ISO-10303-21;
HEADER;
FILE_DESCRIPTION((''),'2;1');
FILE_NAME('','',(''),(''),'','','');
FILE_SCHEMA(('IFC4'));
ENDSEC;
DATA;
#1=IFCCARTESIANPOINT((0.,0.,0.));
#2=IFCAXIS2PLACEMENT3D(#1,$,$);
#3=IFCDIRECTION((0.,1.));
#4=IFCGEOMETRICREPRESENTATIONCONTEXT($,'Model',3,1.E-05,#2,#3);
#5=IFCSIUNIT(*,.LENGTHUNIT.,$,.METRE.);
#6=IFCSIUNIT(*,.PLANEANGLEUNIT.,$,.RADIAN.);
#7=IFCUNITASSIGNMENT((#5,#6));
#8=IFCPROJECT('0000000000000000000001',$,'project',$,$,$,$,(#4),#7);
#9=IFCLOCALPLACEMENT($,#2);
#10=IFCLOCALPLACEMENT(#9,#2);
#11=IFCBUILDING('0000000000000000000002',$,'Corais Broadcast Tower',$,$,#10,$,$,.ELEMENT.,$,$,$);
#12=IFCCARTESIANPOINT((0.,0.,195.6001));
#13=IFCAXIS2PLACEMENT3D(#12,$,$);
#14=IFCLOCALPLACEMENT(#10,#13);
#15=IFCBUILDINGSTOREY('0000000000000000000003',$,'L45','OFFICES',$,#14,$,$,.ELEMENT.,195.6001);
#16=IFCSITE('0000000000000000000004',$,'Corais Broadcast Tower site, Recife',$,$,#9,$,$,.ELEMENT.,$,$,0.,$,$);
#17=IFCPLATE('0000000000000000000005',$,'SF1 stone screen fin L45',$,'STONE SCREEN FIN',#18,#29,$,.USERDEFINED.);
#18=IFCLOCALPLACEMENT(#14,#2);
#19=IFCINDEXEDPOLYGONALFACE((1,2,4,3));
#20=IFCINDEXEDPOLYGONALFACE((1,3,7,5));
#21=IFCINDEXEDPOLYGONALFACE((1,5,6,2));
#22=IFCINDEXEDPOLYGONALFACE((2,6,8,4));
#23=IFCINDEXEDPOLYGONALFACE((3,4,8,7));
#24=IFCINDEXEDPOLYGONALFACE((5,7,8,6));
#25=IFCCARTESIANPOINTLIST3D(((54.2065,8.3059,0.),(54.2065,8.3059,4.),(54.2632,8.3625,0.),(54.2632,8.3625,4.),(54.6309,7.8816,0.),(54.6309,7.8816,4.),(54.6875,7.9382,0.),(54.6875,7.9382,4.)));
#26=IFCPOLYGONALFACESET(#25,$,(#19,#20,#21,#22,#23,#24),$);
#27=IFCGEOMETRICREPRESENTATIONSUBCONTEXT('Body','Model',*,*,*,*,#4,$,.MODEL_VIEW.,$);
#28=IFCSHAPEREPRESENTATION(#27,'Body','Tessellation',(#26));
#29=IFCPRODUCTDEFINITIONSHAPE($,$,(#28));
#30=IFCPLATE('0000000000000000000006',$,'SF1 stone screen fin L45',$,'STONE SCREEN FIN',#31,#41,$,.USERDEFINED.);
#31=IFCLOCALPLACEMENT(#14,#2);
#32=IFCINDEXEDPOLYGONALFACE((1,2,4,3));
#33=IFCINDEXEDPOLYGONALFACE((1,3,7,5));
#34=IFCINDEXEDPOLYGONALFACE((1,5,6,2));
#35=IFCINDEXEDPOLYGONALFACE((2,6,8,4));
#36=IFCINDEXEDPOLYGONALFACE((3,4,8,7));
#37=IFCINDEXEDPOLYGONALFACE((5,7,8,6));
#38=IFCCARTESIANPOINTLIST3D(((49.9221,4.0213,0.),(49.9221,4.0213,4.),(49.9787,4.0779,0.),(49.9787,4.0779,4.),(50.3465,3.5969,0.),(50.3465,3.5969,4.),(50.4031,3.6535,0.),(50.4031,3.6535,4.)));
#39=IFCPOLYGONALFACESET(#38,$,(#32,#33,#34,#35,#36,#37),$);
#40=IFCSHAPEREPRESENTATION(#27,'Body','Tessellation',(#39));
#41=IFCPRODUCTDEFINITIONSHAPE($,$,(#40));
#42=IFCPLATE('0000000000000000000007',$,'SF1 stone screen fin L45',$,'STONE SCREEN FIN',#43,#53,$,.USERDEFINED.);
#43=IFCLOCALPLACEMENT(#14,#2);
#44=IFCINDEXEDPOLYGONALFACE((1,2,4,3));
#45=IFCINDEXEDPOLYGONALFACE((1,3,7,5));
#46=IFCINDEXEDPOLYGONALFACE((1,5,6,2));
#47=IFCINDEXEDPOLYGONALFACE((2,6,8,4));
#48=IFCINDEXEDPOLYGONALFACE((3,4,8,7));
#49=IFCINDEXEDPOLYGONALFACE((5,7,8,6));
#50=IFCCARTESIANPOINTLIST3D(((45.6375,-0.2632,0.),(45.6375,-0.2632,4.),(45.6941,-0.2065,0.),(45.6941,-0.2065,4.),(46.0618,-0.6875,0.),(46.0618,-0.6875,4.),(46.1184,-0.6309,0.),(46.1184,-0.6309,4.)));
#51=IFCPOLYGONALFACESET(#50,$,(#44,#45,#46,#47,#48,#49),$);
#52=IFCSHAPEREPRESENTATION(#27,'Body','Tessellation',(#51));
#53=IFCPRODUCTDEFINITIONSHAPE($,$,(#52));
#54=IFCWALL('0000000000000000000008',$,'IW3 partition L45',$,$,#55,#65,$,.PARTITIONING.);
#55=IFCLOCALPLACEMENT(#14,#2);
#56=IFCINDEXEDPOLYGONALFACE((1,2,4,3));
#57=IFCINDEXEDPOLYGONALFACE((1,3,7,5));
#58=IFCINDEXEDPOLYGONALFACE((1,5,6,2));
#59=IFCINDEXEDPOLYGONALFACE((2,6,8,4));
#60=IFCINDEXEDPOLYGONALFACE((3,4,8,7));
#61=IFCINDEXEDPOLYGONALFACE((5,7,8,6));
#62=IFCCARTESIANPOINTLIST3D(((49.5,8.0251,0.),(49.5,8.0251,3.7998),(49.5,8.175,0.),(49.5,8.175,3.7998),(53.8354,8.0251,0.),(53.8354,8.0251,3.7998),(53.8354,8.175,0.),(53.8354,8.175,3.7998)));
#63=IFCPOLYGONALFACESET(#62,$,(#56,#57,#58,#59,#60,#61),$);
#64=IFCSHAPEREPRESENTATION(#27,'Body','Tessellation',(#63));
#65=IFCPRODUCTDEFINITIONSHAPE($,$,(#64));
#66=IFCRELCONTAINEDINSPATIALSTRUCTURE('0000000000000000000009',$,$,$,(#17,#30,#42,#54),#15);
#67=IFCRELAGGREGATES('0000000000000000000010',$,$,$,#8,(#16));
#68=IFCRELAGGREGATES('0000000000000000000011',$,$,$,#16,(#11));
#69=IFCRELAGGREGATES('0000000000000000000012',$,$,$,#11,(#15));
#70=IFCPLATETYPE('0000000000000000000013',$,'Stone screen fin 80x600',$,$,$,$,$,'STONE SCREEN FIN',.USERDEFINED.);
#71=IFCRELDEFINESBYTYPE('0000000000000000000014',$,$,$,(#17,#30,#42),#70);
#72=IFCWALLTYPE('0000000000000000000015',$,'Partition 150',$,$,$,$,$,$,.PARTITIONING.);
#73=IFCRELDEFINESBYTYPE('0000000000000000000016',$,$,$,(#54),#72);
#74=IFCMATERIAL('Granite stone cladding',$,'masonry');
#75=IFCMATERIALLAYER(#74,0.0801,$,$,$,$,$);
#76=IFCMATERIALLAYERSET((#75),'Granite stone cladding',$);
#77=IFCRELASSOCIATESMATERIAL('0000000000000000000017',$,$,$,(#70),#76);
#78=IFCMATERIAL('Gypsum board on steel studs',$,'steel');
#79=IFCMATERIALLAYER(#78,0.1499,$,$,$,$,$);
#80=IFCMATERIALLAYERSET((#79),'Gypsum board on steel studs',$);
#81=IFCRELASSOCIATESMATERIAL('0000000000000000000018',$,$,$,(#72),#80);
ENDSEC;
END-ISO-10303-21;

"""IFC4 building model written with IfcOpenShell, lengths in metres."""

from ifc_helpers import new_model, si_unit, direction, frame, frame_2d, origin, origin_2d, place, context, subcontext, project, spatial, rectangle, extrude, material, layer, layer_set, type_object, element, save


model = new_model("IFC4")

# Units and contexts
model_context = context("Model", 3, precision=1e-05, world=origin(), true_north=direction((0.0, 1.0)))
body_context = subcontext(model_context, "Body", "Model", "MODEL_VIEW")
ifc_project = project(units=[si_unit("LENGTHUNIT", "METRE"), si_unit("PLANEANGLEUNIT", "RADIAN")], contexts=[model_context])

# Site, building, storey
site_placement = place(None, origin())
site = spatial("IfcSite", under=ifc_project, at=site_placement, Name="Corais Broadcast Tower site, Recife", CompositionType="ELEMENT", RefElevation=0.0)
building_placement = place(site_placement, origin())
building = spatial("IfcBuilding", under=site, at=building_placement, Name="Corais Broadcast Tower", CompositionType="ELEMENT")
storey_placement = place(building_placement, frame((0.0, 0.0, 195.6001)))
storey = spatial("IfcBuildingStorey", under=building, at=storey_placement, Name="L45", Description="OFFICES", CompositionType="ELEMENT", Elevation=195.6001)

# Plates
ifc_material_1 = material(Name="Granite stone cladding", Category="masonry")
ifc_layer_1 = layer(ifc_material_1, 0.0801)
ifc_layer_set_1 = layer_set([ifc_layer_1], Name="Granite stone cladding")
plate_type_1 = type_object("IfcPlateType", Name="Stone screen fin 80x600", ElementType="STONE SCREEN FIN", PredefinedType="USERDEFINED", material=ifc_layer_set_1)
for number, where, z_axis, x_axis, name in (
    (1, (54.447, 8.1221, 0.0), (0.0, 0.0, 1.0), (-0.707107, -0.707107, 0.0), "SF1 stone screen fin L45"),
    (2, (50.1626, 3.8374, 0.0), (0.0, 0.0, 1.0), (-0.707107, -0.707107, 0.0), "SF1 stone screen fin L45"),
    (3, (45.8779, -0.447, 0.0), (0.0, 0.0, 1.0), (-0.707107, -0.707107, 0.0), "SF1 stone screen fin L45"),
):
    element("IfcPlate", number, at=place(storey_placement, frame(where, z_axis=z_axis, x_axis=x_axis)), inside=storey, type_object=plate_type_1, Name=name, ObjectType="STONE SCREEN FIN", PredefinedType="USERDEFINED", context=body_context, shape_type="SweptSolid", body=[
        extrude(rectangle(XDim=0.0801, YDim=0.6001, at=origin_2d()), origin(), (0.0, 0.0, 1.0), 4.0),
    ])

# Wall
ifc_material_2 = material(Name="Gypsum board on steel studs", Category="steel")
ifc_layer_2 = layer(ifc_material_2, 0.1499)
ifc_layer_set_2 = layer_set([ifc_layer_2], Name="Gypsum board on steel studs")
wall_type = type_object("IfcWallType", Name="Partition 150", PredefinedType="PARTITIONING", material=ifc_layer_set_2)
wall_placement = place(storey_placement, frame((49.5, 8.1001, 0.0), z_axis=(0.0, 0.0, 1.0), x_axis=(1.0, 0.0, 0.0)))
element("IfcWall", 4, at=wall_placement, inside=storey, type_object=wall_type, Name="IW3 partition L45", PredefinedType="PARTITIONING", context=body_context, shape_type="SweptSolid", body=[
    extrude(rectangle(XDim=4.3354, YDim=0.1499, at=frame_2d((2.1677, 0.0))), origin(), (0.0, 0.0, 1.0), 3.7998),
])

save(model, "model.ifc")
